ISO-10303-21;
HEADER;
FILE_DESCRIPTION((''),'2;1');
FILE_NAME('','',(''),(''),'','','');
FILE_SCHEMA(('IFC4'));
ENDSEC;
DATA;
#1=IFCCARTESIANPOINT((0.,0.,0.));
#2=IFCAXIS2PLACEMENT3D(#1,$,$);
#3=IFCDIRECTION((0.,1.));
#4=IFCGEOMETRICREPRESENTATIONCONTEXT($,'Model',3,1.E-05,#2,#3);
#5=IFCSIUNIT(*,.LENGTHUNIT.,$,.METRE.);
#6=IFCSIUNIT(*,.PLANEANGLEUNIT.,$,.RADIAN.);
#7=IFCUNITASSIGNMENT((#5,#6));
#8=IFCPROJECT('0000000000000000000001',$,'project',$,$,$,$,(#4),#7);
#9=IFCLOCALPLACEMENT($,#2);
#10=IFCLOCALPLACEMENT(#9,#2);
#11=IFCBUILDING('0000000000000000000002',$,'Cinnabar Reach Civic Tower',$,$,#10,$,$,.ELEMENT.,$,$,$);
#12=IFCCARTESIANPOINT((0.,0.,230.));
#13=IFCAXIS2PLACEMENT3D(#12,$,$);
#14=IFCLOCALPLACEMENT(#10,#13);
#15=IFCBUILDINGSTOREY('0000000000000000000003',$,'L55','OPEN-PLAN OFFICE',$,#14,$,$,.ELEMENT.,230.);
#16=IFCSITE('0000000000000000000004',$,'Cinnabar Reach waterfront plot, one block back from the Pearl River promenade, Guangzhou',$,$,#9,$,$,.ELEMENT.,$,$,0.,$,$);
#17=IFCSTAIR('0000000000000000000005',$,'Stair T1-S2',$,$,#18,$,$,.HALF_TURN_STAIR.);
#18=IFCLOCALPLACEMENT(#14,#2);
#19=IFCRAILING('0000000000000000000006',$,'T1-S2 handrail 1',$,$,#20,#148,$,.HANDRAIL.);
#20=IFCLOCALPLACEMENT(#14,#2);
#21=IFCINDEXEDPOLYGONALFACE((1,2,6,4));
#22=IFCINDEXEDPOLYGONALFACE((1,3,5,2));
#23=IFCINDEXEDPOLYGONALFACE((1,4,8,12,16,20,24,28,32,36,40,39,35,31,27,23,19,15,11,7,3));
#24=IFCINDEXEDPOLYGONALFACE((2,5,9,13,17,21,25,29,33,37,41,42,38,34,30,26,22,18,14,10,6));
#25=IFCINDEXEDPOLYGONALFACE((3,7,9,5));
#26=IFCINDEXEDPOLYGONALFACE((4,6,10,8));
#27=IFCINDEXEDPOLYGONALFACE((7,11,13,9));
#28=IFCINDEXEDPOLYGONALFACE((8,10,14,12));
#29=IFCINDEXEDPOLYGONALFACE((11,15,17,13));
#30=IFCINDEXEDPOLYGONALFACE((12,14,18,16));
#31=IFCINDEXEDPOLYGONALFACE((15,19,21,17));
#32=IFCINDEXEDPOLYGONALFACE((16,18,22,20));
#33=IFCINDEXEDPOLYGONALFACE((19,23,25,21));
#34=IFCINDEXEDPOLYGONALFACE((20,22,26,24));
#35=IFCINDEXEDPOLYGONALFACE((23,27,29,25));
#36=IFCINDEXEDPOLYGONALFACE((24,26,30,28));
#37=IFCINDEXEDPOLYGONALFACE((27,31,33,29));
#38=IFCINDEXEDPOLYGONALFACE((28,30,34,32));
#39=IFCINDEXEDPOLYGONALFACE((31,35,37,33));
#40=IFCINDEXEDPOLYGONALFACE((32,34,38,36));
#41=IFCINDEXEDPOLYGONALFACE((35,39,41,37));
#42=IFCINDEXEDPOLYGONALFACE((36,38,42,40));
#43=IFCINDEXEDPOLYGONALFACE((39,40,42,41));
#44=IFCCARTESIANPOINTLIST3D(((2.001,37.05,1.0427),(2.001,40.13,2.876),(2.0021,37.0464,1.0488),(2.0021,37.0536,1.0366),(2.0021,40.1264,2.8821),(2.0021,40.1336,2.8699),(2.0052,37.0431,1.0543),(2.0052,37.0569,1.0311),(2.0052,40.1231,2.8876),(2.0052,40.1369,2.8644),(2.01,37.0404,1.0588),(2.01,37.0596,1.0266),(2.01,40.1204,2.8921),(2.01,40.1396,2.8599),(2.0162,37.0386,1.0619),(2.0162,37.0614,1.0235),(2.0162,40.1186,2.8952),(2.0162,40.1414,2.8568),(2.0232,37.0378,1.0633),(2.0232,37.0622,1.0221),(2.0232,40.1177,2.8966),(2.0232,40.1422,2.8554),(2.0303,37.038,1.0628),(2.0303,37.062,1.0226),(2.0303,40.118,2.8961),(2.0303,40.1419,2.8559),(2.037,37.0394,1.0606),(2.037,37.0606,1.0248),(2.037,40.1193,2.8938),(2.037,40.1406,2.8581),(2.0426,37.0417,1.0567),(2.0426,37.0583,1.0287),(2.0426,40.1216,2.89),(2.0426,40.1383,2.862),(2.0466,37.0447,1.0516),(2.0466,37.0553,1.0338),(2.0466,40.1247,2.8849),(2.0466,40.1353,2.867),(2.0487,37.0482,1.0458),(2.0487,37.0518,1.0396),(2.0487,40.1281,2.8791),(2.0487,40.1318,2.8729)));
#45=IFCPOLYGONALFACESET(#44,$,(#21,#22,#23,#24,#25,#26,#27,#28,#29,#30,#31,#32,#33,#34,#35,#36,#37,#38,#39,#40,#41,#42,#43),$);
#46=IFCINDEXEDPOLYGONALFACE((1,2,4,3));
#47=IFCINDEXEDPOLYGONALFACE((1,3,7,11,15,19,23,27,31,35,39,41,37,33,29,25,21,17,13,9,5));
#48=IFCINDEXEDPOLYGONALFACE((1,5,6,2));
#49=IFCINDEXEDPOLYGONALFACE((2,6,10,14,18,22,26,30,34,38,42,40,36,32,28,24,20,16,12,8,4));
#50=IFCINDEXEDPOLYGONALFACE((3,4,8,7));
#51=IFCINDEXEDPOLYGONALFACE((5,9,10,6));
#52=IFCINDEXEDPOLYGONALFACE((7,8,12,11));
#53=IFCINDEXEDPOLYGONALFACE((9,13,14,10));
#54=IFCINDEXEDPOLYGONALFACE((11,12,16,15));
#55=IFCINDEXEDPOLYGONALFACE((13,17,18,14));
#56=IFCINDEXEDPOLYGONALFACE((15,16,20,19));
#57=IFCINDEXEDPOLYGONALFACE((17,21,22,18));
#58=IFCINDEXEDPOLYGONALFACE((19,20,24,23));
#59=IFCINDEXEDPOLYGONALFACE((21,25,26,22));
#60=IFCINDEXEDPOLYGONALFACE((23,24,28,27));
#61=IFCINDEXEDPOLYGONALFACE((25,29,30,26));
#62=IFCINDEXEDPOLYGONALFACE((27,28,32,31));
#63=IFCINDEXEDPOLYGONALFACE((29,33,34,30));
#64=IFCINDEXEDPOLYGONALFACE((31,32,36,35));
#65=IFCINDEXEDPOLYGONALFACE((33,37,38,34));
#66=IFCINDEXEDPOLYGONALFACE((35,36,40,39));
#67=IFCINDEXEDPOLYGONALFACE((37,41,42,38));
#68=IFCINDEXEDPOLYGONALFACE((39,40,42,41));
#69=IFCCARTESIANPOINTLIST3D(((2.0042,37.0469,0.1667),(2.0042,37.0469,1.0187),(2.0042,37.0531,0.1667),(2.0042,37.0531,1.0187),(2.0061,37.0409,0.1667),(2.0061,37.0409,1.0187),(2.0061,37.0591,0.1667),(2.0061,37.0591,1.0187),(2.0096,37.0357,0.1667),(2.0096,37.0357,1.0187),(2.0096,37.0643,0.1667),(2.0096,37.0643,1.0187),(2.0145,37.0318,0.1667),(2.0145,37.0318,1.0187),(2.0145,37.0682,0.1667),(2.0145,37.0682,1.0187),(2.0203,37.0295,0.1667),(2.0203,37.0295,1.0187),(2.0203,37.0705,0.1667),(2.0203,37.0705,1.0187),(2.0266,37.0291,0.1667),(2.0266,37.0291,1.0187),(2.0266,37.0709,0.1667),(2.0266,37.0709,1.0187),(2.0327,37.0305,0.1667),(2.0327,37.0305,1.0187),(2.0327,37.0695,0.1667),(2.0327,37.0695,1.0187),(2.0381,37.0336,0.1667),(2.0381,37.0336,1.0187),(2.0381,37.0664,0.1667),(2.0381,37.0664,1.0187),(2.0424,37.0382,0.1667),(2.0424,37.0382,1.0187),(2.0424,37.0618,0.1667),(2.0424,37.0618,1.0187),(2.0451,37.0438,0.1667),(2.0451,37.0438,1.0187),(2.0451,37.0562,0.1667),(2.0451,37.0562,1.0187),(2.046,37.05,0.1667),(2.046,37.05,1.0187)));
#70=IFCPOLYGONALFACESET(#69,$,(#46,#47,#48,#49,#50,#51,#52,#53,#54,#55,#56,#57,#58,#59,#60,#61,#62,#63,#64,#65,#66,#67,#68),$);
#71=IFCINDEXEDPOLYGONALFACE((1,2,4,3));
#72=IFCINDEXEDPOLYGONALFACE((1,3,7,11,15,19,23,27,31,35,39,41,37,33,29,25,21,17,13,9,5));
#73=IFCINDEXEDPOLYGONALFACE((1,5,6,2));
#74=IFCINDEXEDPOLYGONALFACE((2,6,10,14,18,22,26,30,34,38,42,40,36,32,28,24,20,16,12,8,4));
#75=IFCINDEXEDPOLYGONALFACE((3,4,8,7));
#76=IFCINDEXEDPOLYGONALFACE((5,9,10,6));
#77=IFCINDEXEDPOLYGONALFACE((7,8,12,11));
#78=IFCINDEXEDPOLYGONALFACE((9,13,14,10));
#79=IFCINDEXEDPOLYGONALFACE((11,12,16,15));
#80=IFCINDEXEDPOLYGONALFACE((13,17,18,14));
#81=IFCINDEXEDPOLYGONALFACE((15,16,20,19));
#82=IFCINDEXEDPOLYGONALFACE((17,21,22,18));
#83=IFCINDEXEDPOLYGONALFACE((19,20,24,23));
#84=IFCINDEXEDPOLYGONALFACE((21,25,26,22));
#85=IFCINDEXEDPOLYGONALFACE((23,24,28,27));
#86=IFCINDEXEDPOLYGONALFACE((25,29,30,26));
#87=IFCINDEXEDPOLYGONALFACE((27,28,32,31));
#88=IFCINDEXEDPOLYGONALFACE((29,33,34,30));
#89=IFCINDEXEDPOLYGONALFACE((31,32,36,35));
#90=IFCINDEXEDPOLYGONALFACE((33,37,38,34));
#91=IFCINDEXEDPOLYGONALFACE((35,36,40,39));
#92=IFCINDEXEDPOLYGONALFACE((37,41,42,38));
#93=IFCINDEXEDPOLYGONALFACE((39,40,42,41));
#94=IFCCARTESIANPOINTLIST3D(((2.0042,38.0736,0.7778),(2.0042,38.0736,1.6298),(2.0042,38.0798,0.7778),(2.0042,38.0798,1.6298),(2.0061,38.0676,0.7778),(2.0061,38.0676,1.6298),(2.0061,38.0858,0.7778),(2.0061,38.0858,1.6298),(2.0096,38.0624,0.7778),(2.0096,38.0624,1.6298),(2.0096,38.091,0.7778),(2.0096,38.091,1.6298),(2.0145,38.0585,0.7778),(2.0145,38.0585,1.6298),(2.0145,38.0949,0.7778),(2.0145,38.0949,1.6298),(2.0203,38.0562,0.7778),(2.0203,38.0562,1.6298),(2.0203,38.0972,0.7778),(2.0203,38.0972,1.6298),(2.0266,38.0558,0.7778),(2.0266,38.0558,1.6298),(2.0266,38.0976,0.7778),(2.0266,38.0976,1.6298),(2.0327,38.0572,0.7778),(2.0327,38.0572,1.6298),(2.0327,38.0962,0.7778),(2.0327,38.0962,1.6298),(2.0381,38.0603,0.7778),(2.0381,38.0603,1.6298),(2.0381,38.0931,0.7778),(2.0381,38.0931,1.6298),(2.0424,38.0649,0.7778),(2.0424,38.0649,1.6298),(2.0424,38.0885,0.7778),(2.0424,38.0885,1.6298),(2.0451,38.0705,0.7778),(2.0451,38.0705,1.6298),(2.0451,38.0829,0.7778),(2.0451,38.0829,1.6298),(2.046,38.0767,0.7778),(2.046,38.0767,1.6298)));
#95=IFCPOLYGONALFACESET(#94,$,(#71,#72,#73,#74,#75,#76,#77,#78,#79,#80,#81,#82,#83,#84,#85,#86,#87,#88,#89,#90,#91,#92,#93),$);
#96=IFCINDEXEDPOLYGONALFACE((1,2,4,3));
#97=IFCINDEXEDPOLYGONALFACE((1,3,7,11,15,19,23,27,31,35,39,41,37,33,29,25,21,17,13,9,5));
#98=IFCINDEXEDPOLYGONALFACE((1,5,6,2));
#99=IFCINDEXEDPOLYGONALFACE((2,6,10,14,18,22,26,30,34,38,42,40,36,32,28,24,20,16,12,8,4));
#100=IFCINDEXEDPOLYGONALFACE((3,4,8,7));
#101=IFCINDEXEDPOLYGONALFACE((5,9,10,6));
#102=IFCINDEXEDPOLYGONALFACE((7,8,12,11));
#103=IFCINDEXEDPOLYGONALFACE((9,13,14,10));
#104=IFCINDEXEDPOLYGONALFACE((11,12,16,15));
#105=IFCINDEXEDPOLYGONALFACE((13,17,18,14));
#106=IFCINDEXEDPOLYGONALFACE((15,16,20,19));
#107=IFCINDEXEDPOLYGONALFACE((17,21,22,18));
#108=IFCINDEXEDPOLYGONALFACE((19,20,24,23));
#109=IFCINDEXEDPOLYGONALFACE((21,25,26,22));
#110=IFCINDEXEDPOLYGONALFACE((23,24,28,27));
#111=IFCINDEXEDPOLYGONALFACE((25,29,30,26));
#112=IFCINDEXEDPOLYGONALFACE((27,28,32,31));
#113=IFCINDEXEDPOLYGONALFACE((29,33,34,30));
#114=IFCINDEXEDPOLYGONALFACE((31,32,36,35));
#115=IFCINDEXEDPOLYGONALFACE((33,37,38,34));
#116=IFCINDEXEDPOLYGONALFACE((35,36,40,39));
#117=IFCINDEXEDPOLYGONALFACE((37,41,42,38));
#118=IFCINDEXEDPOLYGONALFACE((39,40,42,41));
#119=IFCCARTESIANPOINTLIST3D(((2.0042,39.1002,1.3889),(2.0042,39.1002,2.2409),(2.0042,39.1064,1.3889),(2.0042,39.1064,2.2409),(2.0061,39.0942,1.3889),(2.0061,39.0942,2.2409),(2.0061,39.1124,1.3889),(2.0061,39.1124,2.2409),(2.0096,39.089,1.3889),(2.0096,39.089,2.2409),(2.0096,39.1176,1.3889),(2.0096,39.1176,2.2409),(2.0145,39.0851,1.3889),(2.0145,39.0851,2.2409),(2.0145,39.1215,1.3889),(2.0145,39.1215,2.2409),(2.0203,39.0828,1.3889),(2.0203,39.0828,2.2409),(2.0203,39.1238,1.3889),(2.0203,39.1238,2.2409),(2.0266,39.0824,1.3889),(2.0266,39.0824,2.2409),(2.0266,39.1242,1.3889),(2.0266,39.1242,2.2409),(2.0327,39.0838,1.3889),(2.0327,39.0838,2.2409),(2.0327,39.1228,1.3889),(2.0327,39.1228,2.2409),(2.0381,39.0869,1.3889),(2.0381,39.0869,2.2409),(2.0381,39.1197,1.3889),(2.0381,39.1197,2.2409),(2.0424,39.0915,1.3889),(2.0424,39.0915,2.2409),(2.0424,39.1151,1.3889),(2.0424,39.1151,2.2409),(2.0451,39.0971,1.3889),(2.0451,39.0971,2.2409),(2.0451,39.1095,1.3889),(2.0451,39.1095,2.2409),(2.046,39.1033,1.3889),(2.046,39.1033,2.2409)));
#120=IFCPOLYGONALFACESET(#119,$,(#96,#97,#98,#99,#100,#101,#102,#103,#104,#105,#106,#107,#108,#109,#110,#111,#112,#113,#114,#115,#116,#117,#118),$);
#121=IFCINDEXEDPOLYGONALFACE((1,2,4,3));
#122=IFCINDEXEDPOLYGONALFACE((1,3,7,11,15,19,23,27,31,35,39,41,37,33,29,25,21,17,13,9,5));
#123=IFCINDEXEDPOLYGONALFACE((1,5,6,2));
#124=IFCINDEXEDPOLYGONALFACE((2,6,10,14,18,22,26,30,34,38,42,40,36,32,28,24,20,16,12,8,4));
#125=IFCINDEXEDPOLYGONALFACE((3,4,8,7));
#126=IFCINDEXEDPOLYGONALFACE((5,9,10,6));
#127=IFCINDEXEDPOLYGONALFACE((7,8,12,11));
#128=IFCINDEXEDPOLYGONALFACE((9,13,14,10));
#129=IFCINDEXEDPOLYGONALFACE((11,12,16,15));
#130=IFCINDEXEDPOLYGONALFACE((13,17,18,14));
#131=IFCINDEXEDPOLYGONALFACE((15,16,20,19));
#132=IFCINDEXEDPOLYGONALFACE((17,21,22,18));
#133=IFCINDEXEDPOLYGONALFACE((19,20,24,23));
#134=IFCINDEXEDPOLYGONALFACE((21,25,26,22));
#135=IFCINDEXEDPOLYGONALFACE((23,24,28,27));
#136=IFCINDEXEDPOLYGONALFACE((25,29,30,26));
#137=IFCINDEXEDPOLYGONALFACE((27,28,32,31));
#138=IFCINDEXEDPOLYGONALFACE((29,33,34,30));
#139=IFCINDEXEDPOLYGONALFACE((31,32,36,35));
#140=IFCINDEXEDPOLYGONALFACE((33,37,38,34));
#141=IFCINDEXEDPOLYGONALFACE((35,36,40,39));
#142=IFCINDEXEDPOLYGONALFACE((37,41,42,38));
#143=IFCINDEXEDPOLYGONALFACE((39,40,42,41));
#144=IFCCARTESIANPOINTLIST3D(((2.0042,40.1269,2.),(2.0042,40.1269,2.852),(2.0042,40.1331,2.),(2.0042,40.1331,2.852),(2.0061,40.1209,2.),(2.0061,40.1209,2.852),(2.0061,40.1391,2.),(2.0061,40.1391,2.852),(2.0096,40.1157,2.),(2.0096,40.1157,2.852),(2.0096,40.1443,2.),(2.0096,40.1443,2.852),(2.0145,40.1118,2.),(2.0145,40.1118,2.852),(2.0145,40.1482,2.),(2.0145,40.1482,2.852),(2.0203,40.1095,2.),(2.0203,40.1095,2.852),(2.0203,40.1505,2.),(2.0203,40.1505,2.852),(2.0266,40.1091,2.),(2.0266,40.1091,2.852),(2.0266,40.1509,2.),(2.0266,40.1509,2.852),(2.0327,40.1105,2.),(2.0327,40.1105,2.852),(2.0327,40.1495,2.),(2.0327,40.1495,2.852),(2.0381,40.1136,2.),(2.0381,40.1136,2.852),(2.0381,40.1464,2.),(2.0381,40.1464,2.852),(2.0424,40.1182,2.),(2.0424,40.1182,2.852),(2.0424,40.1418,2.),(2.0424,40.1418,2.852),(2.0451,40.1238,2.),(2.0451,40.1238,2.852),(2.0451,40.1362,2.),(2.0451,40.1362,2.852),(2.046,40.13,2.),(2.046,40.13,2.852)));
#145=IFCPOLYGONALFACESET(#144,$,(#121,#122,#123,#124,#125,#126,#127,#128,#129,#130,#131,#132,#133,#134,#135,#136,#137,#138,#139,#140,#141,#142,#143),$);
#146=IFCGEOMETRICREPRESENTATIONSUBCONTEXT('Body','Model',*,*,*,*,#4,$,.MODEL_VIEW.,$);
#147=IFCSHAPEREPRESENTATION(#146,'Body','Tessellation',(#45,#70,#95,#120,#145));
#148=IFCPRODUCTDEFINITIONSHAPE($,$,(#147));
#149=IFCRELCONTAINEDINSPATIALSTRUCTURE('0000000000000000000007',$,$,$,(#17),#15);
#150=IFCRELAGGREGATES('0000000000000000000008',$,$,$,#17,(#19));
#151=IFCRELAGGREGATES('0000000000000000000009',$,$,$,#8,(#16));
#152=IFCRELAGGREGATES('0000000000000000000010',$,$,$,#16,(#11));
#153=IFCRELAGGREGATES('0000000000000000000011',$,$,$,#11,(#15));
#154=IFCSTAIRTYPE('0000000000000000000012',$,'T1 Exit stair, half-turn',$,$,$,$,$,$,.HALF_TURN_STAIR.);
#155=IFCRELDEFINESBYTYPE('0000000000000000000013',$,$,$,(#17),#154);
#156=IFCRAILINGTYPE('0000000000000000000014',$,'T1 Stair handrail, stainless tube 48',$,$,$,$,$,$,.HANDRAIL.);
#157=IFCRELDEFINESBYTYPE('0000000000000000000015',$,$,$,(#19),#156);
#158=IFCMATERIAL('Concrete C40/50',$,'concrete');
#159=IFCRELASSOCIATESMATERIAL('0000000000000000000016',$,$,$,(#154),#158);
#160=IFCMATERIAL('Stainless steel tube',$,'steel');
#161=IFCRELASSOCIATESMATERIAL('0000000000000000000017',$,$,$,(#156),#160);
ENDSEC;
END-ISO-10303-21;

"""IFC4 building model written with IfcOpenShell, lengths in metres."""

from ifc_helpers import new_model, si_unit, direction, frame, origin, origin_2d, place, context, subcontext, project, spatial, circle, extrude, material, type_object, element, aggregate, save


model = new_model("IFC4")

# Units and contexts
model_context = context("Model", 3, precision=1e-05, world=origin(), true_north=direction((0.0, 1.0)))
body_context = subcontext(model_context, "Body", "Model", "MODEL_VIEW")
ifc_project = project(units=[si_unit("LENGTHUNIT", "METRE"), si_unit("PLANEANGLEUNIT", "RADIAN")], contexts=[model_context])

# Site, building, storey
site_placement = place(None, origin())
site = spatial("IfcSite", under=ifc_project, at=site_placement, Name="Cinnabar Reach waterfront plot, one block back from the Pearl River promenade, Guangzhou", CompositionType="ELEMENT", RefElevation=0.0)
building_placement = place(site_placement, origin())
building = spatial("IfcBuilding", under=site, at=building_placement, Name="Cinnabar Reach Civic Tower", CompositionType="ELEMENT")
storey_placement = place(building_placement, frame((0.0, 0.0, 230.0)))
storey = spatial("IfcBuildingStorey", under=building, at=storey_placement, Name="L55", Description="OPEN-PLAN OFFICE", CompositionType="ELEMENT", Elevation=230.0)

# Shared definitions
ifc_material_1 = material(Name="Concrete C40/50", Category="concrete")

# Stair, railing
stair_type = type_object("IfcStairType", Name="T1 Exit stair, half-turn", PredefinedType="HALF_TURN_STAIR", material=ifc_material_1)
stair_placement = place(storey_placement, origin())
stair = element("IfcStair", 1, at=stair_placement, inside=storey, type_object=stair_type, Name="Stair T1-S2", PredefinedType="HALF_TURN_STAIR")
ifc_material_2 = material(Name="Stainless steel tube", Category="steel")
railing_type = type_object("IfcRailingType", Name="T1 Stair handrail, stainless tube 48", PredefinedType="HANDRAIL", material=ifc_material_2)
railing_1_placement = place(storey_placement, frame((2.025, 37.05, 0.1667)))
railing_1 = element("IfcRailing", 2, at=railing_1_placement, type_object=railing_type, Name="T1-S2 handrail 1", PredefinedType="HANDRAIL", context=body_context, shape_type="SweptSolid", body=[
    extrude(circle(Radius=0.024, at=origin_2d()), frame((0.0, 0.0, 0.876), z_axis=(0.0, 0.859297, 0.511477), x_axis=(-1.0, 0.0, 0.0)), (0.0, 0.0, 1.0), 3.5843),
    extrude(circle(Radius=0.021, at=origin_2d()), origin(), (0.0, 0.0, 1.0), 0.852),
    extrude(circle(Radius=0.021, at=origin_2d()), frame((0.0, 1.0267, 0.6111)), (0.0, 0.0, 1.0), 0.852),
    extrude(circle(Radius=0.021, at=origin_2d()), frame((0.0, 2.0533, 1.2222)), (0.0, 0.0, 1.0), 0.852),
    extrude(circle(Radius=0.021, at=origin_2d()), frame((0.0, 3.08, 1.8333)), (0.0, 0.0, 1.0), 0.852),
])
aggregate(stair, [railing_1])

save(model, "model.ifc")
